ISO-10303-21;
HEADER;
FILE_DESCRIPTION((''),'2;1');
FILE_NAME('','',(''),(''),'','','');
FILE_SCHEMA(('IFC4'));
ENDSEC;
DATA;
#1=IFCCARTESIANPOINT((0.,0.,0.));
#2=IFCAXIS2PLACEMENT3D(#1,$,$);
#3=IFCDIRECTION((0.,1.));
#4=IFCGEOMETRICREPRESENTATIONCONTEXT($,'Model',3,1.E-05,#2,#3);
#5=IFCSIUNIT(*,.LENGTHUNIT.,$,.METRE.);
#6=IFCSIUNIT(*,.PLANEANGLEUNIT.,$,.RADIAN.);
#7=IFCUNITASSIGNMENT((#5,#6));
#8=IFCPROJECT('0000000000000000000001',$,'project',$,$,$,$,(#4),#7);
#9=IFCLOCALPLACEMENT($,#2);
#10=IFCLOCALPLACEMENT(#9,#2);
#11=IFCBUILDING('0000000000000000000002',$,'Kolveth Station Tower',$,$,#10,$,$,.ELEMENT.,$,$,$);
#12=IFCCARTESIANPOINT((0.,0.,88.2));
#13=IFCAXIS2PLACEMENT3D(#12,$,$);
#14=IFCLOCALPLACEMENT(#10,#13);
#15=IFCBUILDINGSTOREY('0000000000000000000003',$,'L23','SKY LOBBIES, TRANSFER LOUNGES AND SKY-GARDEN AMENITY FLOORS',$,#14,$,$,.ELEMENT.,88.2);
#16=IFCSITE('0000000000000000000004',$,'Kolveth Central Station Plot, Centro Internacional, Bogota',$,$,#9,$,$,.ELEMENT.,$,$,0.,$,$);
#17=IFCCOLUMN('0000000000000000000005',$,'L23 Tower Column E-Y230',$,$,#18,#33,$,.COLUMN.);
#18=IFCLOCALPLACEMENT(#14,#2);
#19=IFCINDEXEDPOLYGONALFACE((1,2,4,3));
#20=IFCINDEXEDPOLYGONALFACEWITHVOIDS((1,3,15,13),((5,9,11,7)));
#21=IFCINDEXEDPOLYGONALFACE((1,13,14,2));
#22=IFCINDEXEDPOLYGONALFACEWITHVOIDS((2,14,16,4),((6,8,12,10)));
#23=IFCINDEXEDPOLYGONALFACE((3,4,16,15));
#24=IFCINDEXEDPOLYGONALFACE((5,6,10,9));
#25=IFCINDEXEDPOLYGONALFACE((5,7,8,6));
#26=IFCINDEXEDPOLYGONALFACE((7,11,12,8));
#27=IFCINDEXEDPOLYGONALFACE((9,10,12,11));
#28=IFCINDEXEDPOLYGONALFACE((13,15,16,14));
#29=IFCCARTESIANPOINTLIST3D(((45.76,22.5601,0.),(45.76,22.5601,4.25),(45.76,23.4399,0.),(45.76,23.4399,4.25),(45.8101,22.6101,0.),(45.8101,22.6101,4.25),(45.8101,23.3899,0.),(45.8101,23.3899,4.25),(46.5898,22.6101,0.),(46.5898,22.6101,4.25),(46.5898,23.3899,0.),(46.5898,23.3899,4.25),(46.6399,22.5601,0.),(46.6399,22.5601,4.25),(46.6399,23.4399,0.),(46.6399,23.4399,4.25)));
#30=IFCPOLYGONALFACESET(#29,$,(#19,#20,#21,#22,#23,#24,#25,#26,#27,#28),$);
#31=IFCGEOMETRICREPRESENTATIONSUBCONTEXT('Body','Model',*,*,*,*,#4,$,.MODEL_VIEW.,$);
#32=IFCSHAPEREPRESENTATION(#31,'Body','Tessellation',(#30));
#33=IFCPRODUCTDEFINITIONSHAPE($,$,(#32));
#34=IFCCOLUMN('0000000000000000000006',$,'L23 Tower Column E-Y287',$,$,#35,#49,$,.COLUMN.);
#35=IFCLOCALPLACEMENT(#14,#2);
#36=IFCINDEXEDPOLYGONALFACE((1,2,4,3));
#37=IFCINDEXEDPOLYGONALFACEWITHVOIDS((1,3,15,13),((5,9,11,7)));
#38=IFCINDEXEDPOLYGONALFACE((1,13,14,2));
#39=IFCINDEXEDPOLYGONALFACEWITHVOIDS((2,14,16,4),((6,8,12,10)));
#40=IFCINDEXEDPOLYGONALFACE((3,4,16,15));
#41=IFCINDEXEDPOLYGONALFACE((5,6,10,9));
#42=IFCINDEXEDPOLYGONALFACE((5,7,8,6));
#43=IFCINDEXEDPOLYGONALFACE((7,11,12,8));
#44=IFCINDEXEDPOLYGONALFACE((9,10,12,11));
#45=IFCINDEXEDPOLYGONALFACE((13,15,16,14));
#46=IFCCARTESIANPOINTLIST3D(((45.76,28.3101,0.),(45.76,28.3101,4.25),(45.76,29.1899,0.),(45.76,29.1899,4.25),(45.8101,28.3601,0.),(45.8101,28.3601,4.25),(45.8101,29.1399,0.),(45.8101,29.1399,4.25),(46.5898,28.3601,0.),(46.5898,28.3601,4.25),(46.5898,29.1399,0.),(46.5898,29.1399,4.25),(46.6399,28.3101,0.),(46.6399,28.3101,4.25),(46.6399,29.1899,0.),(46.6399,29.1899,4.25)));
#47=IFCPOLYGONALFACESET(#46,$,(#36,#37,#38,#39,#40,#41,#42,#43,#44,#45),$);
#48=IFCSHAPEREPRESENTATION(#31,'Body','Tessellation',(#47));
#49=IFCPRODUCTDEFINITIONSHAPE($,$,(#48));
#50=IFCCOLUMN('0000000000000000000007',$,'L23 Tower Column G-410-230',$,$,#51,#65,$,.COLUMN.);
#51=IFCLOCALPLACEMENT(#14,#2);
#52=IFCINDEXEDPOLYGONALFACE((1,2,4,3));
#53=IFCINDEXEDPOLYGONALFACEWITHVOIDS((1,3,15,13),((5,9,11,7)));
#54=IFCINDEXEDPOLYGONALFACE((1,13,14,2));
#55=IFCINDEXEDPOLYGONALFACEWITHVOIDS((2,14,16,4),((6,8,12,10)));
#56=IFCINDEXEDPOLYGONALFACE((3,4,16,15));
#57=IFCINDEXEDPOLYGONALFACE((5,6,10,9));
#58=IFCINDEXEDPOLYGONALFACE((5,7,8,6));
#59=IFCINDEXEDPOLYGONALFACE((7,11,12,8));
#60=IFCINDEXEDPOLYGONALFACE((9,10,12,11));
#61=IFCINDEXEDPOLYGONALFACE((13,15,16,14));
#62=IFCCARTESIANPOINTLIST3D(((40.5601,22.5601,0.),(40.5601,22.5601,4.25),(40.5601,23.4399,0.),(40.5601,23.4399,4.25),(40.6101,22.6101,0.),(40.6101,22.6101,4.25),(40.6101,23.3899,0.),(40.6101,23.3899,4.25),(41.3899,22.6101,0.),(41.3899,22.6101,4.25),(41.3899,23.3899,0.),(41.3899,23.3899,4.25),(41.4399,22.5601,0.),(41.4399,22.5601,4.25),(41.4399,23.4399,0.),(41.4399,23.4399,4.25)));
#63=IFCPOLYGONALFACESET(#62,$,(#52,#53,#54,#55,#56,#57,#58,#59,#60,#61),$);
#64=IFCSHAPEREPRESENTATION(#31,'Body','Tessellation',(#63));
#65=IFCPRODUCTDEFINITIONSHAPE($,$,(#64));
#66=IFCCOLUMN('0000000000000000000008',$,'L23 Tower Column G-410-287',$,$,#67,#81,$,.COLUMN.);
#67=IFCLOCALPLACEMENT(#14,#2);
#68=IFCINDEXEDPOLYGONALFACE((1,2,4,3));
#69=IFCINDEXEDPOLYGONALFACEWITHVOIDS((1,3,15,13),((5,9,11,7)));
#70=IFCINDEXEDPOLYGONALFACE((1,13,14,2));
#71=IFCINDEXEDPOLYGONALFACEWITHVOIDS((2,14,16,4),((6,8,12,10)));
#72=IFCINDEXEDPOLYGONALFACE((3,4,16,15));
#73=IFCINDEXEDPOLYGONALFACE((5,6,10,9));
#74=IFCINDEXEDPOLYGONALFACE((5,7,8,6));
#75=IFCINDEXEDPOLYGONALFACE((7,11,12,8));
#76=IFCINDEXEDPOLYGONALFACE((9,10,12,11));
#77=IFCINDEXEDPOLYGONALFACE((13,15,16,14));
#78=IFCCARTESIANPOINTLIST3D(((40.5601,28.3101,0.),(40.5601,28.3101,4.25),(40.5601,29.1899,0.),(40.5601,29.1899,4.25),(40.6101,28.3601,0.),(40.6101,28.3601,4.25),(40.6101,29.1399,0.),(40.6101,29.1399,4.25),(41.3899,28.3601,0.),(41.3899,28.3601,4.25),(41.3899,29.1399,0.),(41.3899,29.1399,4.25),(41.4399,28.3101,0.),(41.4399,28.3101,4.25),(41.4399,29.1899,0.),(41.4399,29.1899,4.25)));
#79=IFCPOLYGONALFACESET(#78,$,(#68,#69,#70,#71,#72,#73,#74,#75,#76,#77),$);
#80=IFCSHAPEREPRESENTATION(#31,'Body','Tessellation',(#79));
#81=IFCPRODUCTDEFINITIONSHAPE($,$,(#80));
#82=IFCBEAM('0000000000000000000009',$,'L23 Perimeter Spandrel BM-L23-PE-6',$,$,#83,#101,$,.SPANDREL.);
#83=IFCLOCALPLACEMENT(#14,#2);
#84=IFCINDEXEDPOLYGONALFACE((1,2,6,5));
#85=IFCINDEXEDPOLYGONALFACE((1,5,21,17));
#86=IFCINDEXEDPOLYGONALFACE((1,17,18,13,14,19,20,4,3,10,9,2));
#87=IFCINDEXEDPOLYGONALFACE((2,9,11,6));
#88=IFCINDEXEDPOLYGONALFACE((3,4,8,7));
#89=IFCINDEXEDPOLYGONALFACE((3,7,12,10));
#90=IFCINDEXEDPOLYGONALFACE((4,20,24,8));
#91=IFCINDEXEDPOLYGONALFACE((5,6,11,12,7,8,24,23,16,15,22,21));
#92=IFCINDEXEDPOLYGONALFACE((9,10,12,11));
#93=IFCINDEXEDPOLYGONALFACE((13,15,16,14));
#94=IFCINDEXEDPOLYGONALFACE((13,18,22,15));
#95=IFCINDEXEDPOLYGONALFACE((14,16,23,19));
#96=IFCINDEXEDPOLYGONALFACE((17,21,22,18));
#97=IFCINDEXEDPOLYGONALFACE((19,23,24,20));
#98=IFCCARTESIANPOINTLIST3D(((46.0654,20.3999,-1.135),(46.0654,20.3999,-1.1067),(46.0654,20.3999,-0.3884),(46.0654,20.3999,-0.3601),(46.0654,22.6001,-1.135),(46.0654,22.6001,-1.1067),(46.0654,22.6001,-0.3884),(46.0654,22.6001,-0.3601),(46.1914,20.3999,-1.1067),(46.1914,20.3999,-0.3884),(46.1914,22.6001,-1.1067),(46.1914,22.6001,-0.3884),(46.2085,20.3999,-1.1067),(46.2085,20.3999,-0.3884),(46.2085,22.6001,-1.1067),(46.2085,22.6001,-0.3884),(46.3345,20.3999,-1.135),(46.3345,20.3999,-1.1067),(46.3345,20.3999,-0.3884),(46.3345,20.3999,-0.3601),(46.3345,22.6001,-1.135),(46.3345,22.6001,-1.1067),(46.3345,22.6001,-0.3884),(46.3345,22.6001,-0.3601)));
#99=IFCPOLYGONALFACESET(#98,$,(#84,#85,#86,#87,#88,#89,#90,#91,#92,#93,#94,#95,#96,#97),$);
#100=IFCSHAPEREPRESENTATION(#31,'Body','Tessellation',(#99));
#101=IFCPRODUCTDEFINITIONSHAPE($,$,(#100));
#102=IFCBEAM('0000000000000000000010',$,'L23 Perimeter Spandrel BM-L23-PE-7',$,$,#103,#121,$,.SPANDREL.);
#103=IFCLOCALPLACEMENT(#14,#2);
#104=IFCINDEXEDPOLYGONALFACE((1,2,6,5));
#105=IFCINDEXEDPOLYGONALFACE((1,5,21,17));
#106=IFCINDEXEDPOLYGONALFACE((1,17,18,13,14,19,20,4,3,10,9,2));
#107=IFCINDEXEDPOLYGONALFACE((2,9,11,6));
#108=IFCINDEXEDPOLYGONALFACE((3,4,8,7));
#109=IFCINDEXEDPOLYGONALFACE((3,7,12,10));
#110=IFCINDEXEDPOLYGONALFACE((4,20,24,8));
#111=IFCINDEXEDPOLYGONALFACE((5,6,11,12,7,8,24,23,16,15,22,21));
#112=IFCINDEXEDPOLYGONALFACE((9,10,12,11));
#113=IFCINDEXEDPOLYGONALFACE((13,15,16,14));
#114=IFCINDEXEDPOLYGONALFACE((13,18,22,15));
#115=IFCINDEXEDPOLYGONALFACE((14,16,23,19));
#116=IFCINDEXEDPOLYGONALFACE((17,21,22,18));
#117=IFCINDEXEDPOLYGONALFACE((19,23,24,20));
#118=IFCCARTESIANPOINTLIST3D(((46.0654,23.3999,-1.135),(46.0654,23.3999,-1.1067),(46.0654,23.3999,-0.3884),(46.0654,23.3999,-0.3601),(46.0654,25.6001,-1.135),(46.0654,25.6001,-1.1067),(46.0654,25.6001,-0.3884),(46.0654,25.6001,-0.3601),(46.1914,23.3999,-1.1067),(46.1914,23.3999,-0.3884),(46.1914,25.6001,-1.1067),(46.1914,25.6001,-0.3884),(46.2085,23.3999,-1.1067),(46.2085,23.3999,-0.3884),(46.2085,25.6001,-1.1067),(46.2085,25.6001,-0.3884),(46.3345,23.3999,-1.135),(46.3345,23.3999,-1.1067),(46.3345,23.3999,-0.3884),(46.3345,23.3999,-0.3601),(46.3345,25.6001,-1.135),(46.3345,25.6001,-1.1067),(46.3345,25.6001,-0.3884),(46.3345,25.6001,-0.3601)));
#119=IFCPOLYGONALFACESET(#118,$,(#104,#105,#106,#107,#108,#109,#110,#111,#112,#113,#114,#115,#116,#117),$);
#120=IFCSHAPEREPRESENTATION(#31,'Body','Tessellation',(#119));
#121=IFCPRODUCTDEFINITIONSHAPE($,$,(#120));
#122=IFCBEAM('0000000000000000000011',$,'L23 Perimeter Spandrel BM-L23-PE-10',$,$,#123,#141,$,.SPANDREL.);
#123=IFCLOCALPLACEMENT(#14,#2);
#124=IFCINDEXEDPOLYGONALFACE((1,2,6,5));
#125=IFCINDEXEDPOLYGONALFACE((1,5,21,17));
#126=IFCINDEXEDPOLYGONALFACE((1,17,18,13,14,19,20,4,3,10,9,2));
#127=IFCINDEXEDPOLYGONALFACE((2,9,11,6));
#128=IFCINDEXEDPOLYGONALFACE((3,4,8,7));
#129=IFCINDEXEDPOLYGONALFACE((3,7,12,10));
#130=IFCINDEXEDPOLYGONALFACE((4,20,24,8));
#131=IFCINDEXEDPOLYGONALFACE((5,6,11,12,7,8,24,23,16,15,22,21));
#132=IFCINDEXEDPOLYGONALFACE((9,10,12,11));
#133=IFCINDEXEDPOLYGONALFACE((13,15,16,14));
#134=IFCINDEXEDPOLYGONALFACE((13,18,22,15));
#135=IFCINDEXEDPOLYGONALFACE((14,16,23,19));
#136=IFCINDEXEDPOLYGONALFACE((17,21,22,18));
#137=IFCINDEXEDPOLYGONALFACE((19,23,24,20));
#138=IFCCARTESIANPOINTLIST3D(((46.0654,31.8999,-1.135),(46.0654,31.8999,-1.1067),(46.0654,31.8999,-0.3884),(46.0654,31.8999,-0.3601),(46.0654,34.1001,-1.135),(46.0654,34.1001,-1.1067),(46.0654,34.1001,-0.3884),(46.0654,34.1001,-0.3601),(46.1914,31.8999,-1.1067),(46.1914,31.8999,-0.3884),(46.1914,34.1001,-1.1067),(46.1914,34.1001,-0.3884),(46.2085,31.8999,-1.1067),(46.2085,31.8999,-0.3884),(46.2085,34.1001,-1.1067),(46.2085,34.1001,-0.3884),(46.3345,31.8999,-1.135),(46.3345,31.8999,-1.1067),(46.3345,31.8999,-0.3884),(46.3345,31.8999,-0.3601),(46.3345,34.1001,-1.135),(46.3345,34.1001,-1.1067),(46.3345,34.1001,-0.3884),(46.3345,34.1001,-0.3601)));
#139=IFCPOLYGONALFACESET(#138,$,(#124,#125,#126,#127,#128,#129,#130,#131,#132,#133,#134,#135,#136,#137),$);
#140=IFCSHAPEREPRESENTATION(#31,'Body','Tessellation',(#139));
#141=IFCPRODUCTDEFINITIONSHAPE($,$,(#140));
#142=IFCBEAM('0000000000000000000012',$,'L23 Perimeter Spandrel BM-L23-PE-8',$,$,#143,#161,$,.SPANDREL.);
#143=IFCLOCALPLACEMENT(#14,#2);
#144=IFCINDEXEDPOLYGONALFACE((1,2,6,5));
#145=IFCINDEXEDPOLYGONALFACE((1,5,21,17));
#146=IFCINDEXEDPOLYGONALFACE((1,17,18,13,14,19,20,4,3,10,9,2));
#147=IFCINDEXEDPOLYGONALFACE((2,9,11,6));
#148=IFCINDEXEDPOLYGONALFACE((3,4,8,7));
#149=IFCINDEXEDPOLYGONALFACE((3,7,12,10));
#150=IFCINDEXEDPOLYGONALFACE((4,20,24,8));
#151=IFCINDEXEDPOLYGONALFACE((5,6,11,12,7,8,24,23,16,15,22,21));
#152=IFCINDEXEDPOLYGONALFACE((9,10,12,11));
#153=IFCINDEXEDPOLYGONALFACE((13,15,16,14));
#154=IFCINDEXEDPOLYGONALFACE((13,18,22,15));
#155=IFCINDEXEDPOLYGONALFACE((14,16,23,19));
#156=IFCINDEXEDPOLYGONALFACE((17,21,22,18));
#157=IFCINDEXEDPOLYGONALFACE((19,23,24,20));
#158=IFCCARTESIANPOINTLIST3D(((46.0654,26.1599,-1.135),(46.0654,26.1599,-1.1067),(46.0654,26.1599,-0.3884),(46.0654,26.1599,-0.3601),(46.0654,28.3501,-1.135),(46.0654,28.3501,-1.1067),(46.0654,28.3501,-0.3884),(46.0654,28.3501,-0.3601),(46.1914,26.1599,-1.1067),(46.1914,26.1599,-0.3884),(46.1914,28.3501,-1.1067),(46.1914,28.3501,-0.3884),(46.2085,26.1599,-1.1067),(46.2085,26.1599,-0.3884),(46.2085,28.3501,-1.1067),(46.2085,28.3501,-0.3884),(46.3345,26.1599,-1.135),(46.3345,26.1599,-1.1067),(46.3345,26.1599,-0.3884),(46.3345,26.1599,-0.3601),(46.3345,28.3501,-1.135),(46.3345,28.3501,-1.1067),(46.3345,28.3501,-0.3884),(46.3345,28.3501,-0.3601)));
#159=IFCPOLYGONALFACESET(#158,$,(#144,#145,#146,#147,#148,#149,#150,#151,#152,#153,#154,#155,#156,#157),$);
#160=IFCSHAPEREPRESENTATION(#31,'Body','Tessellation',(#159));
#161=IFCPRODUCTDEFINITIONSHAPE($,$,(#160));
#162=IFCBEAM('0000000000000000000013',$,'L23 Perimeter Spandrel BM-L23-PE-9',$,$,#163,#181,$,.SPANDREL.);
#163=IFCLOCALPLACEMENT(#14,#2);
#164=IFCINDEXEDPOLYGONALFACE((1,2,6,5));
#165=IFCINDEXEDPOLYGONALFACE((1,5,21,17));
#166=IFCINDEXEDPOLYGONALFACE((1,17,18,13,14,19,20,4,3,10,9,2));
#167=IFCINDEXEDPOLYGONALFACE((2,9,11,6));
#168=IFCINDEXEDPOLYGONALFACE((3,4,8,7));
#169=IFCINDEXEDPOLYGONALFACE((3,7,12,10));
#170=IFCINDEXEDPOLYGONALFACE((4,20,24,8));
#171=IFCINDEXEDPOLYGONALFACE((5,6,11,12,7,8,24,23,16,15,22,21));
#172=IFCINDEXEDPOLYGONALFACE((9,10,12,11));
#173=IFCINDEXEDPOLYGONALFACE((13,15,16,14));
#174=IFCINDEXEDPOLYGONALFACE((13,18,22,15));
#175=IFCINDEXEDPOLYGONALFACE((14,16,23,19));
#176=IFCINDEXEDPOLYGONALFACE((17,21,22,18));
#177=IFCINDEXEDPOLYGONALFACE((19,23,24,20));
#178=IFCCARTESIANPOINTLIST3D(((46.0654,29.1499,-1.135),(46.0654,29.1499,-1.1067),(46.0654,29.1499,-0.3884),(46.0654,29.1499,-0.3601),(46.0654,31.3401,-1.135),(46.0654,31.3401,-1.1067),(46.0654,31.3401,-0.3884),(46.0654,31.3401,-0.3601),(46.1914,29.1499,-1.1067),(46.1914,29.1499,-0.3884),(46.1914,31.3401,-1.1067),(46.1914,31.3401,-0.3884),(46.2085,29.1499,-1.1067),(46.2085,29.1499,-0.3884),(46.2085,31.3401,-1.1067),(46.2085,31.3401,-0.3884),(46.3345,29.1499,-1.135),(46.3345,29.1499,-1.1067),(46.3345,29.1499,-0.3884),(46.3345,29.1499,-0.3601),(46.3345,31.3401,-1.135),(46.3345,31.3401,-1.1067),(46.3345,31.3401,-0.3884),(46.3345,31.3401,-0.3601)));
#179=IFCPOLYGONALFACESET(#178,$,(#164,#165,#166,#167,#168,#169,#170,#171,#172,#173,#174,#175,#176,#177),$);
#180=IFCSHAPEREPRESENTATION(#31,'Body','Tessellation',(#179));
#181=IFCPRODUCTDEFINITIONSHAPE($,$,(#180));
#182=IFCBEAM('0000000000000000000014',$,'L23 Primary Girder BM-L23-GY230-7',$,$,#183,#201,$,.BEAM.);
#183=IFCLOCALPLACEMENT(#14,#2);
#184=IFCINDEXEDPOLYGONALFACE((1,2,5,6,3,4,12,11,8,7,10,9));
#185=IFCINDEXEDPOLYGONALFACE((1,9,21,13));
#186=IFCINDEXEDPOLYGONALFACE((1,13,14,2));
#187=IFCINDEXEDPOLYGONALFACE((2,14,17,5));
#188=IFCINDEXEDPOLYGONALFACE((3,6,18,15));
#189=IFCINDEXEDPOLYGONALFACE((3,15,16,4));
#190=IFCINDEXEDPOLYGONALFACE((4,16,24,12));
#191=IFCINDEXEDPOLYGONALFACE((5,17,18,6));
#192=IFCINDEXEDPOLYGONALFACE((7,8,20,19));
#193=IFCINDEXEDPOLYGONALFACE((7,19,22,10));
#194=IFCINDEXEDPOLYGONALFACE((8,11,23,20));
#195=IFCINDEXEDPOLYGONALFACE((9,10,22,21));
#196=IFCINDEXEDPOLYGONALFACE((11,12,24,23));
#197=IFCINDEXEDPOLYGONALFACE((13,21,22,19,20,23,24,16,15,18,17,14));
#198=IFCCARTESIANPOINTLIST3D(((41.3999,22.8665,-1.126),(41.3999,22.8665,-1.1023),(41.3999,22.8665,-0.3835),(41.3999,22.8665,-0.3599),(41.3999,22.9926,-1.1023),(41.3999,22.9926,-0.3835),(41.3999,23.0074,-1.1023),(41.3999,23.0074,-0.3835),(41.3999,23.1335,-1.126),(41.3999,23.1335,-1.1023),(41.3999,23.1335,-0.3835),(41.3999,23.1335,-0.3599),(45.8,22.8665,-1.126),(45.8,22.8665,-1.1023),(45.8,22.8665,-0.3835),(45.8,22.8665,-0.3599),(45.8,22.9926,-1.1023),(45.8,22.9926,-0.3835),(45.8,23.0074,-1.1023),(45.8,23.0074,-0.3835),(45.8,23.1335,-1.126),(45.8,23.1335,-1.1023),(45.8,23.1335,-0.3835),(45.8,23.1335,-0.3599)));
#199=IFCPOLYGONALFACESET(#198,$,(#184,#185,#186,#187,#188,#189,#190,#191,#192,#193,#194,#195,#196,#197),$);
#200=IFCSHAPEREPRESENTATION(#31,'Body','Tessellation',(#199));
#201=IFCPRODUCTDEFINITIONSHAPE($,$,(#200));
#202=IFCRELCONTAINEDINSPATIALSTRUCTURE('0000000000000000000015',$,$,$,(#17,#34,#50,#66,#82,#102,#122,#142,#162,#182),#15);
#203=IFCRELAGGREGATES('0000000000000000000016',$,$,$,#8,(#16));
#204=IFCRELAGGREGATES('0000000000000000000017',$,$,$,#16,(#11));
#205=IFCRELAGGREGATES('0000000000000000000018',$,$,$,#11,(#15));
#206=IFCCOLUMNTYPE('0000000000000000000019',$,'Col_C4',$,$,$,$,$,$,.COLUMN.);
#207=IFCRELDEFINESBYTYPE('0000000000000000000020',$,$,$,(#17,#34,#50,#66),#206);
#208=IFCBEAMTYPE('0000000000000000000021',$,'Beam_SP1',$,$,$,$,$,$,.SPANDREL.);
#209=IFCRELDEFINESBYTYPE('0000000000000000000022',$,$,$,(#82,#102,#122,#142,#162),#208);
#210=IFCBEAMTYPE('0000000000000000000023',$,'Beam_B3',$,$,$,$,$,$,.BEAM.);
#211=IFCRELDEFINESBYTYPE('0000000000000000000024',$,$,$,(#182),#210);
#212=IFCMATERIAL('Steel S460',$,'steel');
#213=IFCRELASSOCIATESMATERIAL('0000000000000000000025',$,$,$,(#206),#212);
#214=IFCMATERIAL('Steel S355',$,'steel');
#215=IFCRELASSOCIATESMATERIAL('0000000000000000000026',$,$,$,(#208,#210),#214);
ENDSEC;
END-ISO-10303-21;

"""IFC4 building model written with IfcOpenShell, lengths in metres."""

from ifc_helpers import new_model, si_unit, direction, frame, origin, origin_2d, place, context, subcontext, project, spatial, hollow_rectangle, i_section, extrude, source, transform, mapped, material, material_profile, profile_set, type_object, element, save


model = new_model("IFC4")

# Units and contexts
model_context = context("Model", 3, precision=1e-05, world=origin(), true_north=direction((0.0, 1.0)))
body_context = subcontext(model_context, "Body", "Model", "MODEL_VIEW")
ifc_project = project(units=[si_unit("LENGTHUNIT", "METRE"), si_unit("PLANEANGLEUNIT", "RADIAN")], contexts=[model_context])

# Site, building, storey
site_placement = place(None, origin())
site = spatial("IfcSite", under=ifc_project, at=site_placement, Name="Kolveth Central Station Plot, Centro Internacional, Bogota", CompositionType="ELEMENT", RefElevation=0.0)
building_placement = place(site_placement, origin())
building = spatial("IfcBuilding", under=site, at=building_placement, Name="Kolveth Station Tower", CompositionType="ELEMENT")
storey_placement = place(building_placement, frame((0.0, 0.0, 88.2)))
storey = spatial("IfcBuildingStorey", under=building, at=storey_placement, Name="L23", Description="SKY LOBBIES, TRANSFER LOUNGES AND SKY-GARDEN AMENITY FLOORS", CompositionType="ELEMENT", Elevation=88.2)

# Columns
ifc_material_1 = material(Name="Steel S460", Category="steel")
ifc_material_profile_1 = material_profile(ifc_material_1, hollow_rectangle(XDim=0.8799, YDim=0.8799, WallThickness=0.05, at=origin_2d()), Name="BOX880x880x50")
ifc_profile_set_1 = profile_set([ifc_material_profile_1], Name="Steel S460")
column_type = type_object("IfcColumnType", Name="Col_C4", PredefinedType="COLUMN", material=ifc_profile_set_1)
shared_shape_1 = source(origin(), body_context, "Body", "SweptSolid", [
    extrude(hollow_rectangle(XDim=0.8799, YDim=0.8799, WallThickness=0.05, at=origin_2d()), origin(), (0.0, 0.0, 1.0), 4.25),
])
for number, where, z_axis, x_axis, name in (
    (1, (46.2, 23.0, 0.0), (0.0, 0.0, 1.0), (1.0, 0.0, 0.0), "L23 Tower Column E-Y230"),
    (2, (46.2, 28.75, 0.0), (0.0, 0.0, 1.0), (1.0, 0.0, 0.0), "L23 Tower Column E-Y287"),
    (3, (41.0, 23.0, 0.0), (0.0, 0.0, 1.0), (1.0, 0.0, 0.0), "L23 Tower Column G-410-230"),
    (4, (41.0, 28.75, 0.0), (0.0, 0.0, 1.0), (1.0, 0.0, 0.0), "L23 Tower Column G-410-287"),
):
    element("IfcColumn", number, at=place(storey_placement, frame(where, z_axis=z_axis, x_axis=x_axis)), inside=storey, type_object=column_type, Name=name, PredefinedType="COLUMN", context=body_context, shape_type="MappedRepresentation", body=[
        mapped(shared_shape_1, transform((0.0, 0.0, 0.0), x_axis=(1.0, 0.0, 0.0), y_axis=(0.0, 1.0, 0.0), z_axis=(0.0, 0.0, 1.0), scale=1.0)),
    ])

# Beams
ifc_material_2 = material(Name="Steel S355", Category="steel")
ifc_material_profile_2 = material_profile(ifc_material_2, i_section(OverallWidth=0.269, OverallDepth=0.7749, WebThickness=0.0171, FlangeThickness=0.0283, at=origin_2d()), Name="W760x220")
ifc_profile_set_2 = profile_set([ifc_material_profile_2], Name="Steel S355")
beam_type_1 = type_object("IfcBeamType", Name="Beam_SP1", PredefinedType="SPANDREL", material=ifc_profile_set_2)
shared_shape_2 = source(origin(), body_context, "Body", "SweptSolid", [
    extrude(i_section(OverallWidth=0.269, OverallDepth=0.7749, WebThickness=0.0171, FlangeThickness=0.0283, at=origin_2d()), origin(), (0.0, 0.0, 1.0), 2.2002),
])
for number, where, z_axis, x_axis, name in (
    (5, (46.2, 20.3999, -0.7476), (0.0, 1.0, 0.0), (-1.0, 0.0, 0.0), "L23 Perimeter Spandrel BM-L23-PE-6"),
    (6, (46.2, 23.3999, -0.7476), (0.0, 1.0, 0.0), (-1.0, 0.0, 0.0), "L23 Perimeter Spandrel BM-L23-PE-7"),
    (7, (46.2, 31.8999, -0.7476), (0.0, 1.0, 0.0), (-1.0, 0.0, 0.0), "L23 Perimeter Spandrel BM-L23-PE-10"),
):
    element("IfcBeam", number, at=place(storey_placement, frame(where, z_axis=z_axis, x_axis=x_axis)), inside=storey, type_object=beam_type_1, Name=name, PredefinedType="SPANDREL", context=body_context, shape_type="MappedRepresentation", body=[
        mapped(shared_shape_2, transform((0.0, 0.0, 0.0), x_axis=(1.0, 0.0, 0.0), y_axis=(0.0, 1.0, 0.0), z_axis=(0.0, 0.0, 1.0), scale=1.0)),
    ])
shared_shape_3 = source(origin(), body_context, "Body", "SweptSolid", [
    extrude(i_section(OverallWidth=0.269, OverallDepth=0.7749, WebThickness=0.0171, FlangeThickness=0.0283, at=origin_2d()), origin(), (0.0, 0.0, 1.0), 2.1902),
])
for number, where, z_axis, x_axis, name in (
    (8, (46.2, 26.1599, -0.7476), (0.0, 1.0, 0.0), (-1.0, 0.0, 0.0), "L23 Perimeter Spandrel BM-L23-PE-8"),
    (9, (46.2, 29.1499, -0.7476), (0.0, 1.0, 0.0), (-1.0, 0.0, 0.0), "L23 Perimeter Spandrel BM-L23-PE-9"),
):
    element("IfcBeam", number, at=place(storey_placement, frame(where, z_axis=z_axis, x_axis=x_axis)), inside=storey, type_object=beam_type_1, Name=name, PredefinedType="SPANDREL", context=body_context, shape_type="MappedRepresentation", body=[
        mapped(shared_shape_3, transform((0.0, 0.0, 0.0), x_axis=(1.0, 0.0, 0.0), y_axis=(0.0, 1.0, 0.0), z_axis=(0.0, 0.0, 1.0), scale=1.0)),
    ])
ifc_material_profile_3 = material_profile(ifc_material_2, i_section(OverallWidth=0.2671, OverallDepth=0.7661, WebThickness=0.0149, FlangeThickness=0.0237, at=origin_2d()), Name="W760x185")
ifc_profile_set_3 = profile_set([ifc_material_profile_3], Name="Steel S355")
beam_type_2 = type_object("IfcBeamType", Name="Beam_B3", PredefinedType="BEAM", material=ifc_profile_set_3)
shared_shape_4 = source(origin(), body_context, "Body", "SweptSolid", [
    extrude(i_section(OverallWidth=0.2671, OverallDepth=0.7661, WebThickness=0.0149, FlangeThickness=0.0237, at=origin_2d()), origin(), (0.0, 0.0, 1.0), 4.4001),
])
for number, where, z_axis, x_axis, name in (
    (10, (41.3999, 23.0, -0.7429), (1.0, 0.0, 0.0), (0.0, 1.0, 0.0), "L23 Primary Girder BM-L23-GY230-7"),
):
    element("IfcBeam", number, at=place(storey_placement, frame(where, z_axis=z_axis, x_axis=x_axis)), inside=storey, type_object=beam_type_2, Name=name, PredefinedType="BEAM", context=body_context, shape_type="MappedRepresentation", body=[
        mapped(shared_shape_4, transform((0.0, 0.0, 0.0), x_axis=(1.0, 0.0, 0.0), y_axis=(0.0, 1.0, 0.0), z_axis=(0.0, 0.0, 1.0), scale=1.0)),
    ])

save(model, "model.ifc")
